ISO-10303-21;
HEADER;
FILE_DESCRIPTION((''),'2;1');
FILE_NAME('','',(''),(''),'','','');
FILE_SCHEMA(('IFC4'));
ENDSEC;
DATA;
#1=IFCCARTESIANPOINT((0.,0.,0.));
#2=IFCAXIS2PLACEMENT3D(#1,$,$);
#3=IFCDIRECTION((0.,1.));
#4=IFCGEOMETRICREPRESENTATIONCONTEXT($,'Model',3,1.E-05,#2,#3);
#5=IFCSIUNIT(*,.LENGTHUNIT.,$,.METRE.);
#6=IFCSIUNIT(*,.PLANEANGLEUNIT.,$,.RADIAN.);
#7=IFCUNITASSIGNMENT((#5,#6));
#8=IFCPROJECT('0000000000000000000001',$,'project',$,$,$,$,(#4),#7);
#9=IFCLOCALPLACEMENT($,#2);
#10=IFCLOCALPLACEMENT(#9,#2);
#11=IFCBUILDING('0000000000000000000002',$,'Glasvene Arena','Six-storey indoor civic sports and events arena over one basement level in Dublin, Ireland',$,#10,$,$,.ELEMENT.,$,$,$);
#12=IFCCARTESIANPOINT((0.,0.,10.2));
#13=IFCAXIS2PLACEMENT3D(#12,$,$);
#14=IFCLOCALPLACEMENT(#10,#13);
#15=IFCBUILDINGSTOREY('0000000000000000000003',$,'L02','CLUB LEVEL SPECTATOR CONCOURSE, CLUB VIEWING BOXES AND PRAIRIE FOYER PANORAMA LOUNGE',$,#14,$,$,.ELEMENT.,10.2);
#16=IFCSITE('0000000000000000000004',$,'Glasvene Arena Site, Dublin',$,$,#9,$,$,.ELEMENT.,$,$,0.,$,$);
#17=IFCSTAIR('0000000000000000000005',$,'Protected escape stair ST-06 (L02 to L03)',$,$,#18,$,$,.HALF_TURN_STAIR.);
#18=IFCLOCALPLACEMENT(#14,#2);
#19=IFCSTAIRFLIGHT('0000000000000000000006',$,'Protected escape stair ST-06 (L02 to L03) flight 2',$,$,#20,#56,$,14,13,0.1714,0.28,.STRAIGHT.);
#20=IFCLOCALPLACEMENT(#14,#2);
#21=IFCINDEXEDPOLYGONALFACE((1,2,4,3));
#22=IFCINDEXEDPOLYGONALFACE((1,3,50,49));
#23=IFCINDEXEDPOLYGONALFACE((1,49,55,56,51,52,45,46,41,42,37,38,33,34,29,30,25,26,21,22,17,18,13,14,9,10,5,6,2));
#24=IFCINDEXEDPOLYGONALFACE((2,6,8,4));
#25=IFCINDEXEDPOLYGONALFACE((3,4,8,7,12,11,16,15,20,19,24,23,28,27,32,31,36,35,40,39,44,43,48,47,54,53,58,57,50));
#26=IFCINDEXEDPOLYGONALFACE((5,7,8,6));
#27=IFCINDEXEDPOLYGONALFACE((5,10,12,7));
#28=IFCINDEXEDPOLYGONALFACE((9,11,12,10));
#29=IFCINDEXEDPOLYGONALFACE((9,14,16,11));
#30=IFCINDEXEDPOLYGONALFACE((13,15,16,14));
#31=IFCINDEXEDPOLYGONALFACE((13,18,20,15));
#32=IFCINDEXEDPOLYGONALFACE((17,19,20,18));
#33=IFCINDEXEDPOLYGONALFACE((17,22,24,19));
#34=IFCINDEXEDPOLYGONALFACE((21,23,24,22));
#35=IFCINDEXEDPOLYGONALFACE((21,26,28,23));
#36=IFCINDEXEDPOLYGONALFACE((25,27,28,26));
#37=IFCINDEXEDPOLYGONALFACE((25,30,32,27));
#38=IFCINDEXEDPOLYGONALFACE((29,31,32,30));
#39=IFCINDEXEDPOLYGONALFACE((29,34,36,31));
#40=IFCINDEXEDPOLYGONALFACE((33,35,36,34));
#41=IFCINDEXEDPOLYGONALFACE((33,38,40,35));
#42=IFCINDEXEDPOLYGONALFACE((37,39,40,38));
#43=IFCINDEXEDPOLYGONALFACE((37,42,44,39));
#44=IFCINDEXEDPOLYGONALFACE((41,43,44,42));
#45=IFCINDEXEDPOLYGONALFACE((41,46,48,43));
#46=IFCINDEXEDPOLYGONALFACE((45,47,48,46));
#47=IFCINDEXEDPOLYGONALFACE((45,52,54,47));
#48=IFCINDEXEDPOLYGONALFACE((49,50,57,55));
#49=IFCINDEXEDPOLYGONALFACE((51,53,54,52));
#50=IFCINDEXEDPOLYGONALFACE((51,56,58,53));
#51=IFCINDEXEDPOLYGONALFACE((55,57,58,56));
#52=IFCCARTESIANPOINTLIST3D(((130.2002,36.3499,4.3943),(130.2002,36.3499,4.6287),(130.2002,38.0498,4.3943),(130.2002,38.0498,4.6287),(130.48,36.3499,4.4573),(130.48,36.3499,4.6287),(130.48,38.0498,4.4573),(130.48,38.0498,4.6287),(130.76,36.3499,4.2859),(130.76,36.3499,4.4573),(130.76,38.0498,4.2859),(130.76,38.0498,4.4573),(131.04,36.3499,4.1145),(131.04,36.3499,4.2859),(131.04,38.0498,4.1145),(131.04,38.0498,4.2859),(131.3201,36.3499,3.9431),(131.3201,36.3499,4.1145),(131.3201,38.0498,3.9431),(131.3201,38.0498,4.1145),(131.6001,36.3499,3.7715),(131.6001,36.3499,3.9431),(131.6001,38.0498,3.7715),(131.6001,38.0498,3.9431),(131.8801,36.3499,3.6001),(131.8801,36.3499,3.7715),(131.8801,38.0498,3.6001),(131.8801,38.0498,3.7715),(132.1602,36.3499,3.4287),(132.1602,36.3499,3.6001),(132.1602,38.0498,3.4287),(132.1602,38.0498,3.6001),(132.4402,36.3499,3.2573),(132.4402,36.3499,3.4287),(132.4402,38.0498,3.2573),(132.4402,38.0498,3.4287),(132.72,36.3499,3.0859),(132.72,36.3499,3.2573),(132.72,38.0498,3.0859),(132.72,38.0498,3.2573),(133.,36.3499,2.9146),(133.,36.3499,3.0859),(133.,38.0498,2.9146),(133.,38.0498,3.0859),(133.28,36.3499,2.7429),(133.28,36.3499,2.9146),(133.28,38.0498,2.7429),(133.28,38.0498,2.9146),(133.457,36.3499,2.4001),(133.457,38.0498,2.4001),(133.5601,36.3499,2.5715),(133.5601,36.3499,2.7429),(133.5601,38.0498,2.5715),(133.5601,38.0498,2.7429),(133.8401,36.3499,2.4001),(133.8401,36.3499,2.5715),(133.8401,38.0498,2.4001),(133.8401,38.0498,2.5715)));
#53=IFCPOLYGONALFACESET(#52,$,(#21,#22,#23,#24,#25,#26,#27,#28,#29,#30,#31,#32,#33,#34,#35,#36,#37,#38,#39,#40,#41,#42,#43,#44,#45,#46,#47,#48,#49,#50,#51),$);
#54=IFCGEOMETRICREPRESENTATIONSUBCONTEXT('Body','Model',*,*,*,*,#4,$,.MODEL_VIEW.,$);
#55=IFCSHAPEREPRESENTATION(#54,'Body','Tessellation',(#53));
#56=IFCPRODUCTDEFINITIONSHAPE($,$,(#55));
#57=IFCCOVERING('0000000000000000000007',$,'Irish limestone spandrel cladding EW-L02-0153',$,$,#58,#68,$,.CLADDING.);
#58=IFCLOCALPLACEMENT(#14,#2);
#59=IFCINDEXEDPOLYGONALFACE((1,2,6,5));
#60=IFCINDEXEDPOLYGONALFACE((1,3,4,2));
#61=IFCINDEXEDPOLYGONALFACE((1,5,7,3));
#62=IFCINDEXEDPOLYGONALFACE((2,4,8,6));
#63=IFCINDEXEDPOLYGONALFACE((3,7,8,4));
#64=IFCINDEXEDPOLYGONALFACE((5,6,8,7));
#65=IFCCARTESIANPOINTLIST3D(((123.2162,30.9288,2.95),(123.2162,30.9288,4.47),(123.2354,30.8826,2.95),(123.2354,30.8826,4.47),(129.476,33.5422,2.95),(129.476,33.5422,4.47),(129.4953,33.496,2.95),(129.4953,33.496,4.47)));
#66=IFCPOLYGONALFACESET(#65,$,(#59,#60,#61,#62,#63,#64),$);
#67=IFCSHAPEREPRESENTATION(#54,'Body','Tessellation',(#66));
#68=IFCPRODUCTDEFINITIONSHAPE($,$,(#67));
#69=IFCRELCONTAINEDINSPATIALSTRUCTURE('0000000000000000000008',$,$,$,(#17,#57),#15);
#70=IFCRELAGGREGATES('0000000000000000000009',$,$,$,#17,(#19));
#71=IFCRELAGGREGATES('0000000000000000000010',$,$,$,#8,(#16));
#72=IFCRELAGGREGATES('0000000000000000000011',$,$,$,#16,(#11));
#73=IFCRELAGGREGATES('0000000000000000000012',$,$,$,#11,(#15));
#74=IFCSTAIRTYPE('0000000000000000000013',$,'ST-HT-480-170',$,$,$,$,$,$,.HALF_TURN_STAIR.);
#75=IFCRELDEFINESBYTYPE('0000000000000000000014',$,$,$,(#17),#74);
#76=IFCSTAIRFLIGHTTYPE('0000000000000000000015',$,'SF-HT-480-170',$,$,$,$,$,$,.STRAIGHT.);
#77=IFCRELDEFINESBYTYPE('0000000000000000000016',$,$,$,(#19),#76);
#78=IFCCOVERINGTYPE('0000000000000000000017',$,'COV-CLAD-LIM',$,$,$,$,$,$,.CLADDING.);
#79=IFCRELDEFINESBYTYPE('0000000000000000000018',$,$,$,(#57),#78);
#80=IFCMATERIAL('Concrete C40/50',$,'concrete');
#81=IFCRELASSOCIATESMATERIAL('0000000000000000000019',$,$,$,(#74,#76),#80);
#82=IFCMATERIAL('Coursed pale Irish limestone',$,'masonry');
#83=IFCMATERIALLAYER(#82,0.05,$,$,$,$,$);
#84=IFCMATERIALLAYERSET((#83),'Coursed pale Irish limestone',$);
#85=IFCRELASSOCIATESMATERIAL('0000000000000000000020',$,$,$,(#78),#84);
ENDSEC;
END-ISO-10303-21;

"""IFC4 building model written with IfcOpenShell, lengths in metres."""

from ifc_helpers import new_model, si_unit, direction, frame, origin, origin_2d, place, context, subcontext, project, spatial, polyline, rectangle, outline, extrude, material, layer, layer_set, type_object, element, aggregate, save


model = new_model("IFC4")

# Units and contexts
model_context = context("Model", 3, precision=1e-05, world=origin(), true_north=direction((0.0, 1.0)))
body_context = subcontext(model_context, "Body", "Model", "MODEL_VIEW")
ifc_project = project(units=[si_unit("LENGTHUNIT", "METRE"), si_unit("PLANEANGLEUNIT", "RADIAN")], contexts=[model_context])

# Site, building, storey
site_placement = place(None, origin())
site = spatial("IfcSite", under=ifc_project, at=site_placement, Name="Glasvene Arena Site, Dublin", CompositionType="ELEMENT", RefElevation=0.0)
building_placement = place(site_placement, origin())
building = spatial("IfcBuilding", under=site, at=building_placement, Name="Glasvene Arena", Description="Six-storey indoor civic sports and events arena over one basement level in Dublin, Ireland", CompositionType="ELEMENT")
storey_placement = place(building_placement, frame((0.0, 0.0, 10.2)))
storey = spatial("IfcBuildingStorey", under=building, at=storey_placement, Name="L02", Description="CLUB LEVEL SPECTATOR CONCOURSE, CLUB VIEWING BOXES AND PRAIRIE FOYER PANORAMA LOUNGE", CompositionType="ELEMENT", Elevation=10.2)

# Shared definitions
ifc_material_1 = material(Name="Coursed pale Irish limestone", Category="masonry")

# Shared definitions
ifc_material_2 = material(Name="Concrete C40/50", Category="concrete")

# Stair, stair flight
stair_type = type_object("IfcStairType", Name="ST-HT-480-170", PredefinedType="HALF_TURN_STAIR", material=ifc_material_2)
stair_placement = place(storey_placement, origin())
stair = element("IfcStair", 1, at=stair_placement, inside=storey, type_object=stair_type, Name="Protected escape stair ST-06 (L02 to L03)", PredefinedType="HALF_TURN_STAIR")
stair_flight_type = type_object("IfcStairFlightType", Name="SF-HT-480-170", PredefinedType="STRAIGHT", material=ifc_material_2)
stair_flight_1_placement = place(storey_placement, frame((133.8401, 37.2, 2.4001), z_axis=(0.0, 0.0, 1.0), x_axis=(-1.0, 0.0, 0.0)))
stair_flight_1 = element("IfcStairFlight", 2, at=stair_flight_1_placement, type_object=stair_flight_type, Name="Protected escape stair ST-06 (L02 to L03) flight 2", NumberOfRisers=14, NumberOfTreads=13, PredefinedType="STRAIGHT", RiserHeight=0.1714, TreadLength=0.28, context=body_context, shape_type="SweptSolid", body=[
    extrude(outline(polyline([(0.0, 0.0), (0.0, 0.1714), (0.28, 0.1714), (0.28, 0.3428), (0.5601, 0.3428), (0.5601, 0.5144), (0.8401, 0.5144), (0.8401, 0.6858), (1.1201, 0.6858), (1.1201, 0.8572), (1.3999, 0.8572), (1.3999, 1.0286), (1.6799, 1.0286), (1.6799, 1.2), (1.96, 1.2), (1.96, 1.3713), (2.24, 1.3713), (2.24, 1.543), (2.52, 1.543), (2.52, 1.7144), (2.8, 1.7144), (2.8, 1.8857), (3.0801, 1.8857), (3.0801, 2.0571), (3.3601, 2.0571), (3.3601, 2.2285), (3.6399, 2.2285), (3.6399, 2.3999), (3.6399, 1.9941), (0.3831, 0.0), (0.0, 0.0)])), frame((0.0, 0.8501, 0.0), z_axis=(0.0, -1.0, 0.0), x_axis=(1.0, 0.0, 0.0)), (0.0, 0.0, 1.0), 1.7),
])
aggregate(stair, [stair_flight_1])

# Covering
ifc_layer_1 = layer(ifc_material_1, 0.05)
ifc_layer_set_1 = layer_set([ifc_layer_1], Name="Coursed pale Irish limestone")
covering_type = type_object("IfcCoveringType", Name="COV-CLAD-LIM", PredefinedType="CLADDING", material=ifc_layer_set_1)
covering_placement = place(storey_placement, frame((126.3557, 32.2124, 2.95), z_axis=(0.0, 0.0, 1.0), x_axis=(-0.922807, -0.385262, 0.0)))
element("IfcCovering", 3, at=covering_placement, inside=storey, type_object=covering_type, Name="Irish limestone spandrel cladding EW-L02-0153", PredefinedType="CLADDING", context=body_context, shape_type="SweptSolid", body=[
    extrude(rectangle(XDim=6.7834, YDim=0.05, at=origin_2d()), origin(), (0.0, 0.0, 1.0), 1.52),
])

save(model, "model.ifc")
